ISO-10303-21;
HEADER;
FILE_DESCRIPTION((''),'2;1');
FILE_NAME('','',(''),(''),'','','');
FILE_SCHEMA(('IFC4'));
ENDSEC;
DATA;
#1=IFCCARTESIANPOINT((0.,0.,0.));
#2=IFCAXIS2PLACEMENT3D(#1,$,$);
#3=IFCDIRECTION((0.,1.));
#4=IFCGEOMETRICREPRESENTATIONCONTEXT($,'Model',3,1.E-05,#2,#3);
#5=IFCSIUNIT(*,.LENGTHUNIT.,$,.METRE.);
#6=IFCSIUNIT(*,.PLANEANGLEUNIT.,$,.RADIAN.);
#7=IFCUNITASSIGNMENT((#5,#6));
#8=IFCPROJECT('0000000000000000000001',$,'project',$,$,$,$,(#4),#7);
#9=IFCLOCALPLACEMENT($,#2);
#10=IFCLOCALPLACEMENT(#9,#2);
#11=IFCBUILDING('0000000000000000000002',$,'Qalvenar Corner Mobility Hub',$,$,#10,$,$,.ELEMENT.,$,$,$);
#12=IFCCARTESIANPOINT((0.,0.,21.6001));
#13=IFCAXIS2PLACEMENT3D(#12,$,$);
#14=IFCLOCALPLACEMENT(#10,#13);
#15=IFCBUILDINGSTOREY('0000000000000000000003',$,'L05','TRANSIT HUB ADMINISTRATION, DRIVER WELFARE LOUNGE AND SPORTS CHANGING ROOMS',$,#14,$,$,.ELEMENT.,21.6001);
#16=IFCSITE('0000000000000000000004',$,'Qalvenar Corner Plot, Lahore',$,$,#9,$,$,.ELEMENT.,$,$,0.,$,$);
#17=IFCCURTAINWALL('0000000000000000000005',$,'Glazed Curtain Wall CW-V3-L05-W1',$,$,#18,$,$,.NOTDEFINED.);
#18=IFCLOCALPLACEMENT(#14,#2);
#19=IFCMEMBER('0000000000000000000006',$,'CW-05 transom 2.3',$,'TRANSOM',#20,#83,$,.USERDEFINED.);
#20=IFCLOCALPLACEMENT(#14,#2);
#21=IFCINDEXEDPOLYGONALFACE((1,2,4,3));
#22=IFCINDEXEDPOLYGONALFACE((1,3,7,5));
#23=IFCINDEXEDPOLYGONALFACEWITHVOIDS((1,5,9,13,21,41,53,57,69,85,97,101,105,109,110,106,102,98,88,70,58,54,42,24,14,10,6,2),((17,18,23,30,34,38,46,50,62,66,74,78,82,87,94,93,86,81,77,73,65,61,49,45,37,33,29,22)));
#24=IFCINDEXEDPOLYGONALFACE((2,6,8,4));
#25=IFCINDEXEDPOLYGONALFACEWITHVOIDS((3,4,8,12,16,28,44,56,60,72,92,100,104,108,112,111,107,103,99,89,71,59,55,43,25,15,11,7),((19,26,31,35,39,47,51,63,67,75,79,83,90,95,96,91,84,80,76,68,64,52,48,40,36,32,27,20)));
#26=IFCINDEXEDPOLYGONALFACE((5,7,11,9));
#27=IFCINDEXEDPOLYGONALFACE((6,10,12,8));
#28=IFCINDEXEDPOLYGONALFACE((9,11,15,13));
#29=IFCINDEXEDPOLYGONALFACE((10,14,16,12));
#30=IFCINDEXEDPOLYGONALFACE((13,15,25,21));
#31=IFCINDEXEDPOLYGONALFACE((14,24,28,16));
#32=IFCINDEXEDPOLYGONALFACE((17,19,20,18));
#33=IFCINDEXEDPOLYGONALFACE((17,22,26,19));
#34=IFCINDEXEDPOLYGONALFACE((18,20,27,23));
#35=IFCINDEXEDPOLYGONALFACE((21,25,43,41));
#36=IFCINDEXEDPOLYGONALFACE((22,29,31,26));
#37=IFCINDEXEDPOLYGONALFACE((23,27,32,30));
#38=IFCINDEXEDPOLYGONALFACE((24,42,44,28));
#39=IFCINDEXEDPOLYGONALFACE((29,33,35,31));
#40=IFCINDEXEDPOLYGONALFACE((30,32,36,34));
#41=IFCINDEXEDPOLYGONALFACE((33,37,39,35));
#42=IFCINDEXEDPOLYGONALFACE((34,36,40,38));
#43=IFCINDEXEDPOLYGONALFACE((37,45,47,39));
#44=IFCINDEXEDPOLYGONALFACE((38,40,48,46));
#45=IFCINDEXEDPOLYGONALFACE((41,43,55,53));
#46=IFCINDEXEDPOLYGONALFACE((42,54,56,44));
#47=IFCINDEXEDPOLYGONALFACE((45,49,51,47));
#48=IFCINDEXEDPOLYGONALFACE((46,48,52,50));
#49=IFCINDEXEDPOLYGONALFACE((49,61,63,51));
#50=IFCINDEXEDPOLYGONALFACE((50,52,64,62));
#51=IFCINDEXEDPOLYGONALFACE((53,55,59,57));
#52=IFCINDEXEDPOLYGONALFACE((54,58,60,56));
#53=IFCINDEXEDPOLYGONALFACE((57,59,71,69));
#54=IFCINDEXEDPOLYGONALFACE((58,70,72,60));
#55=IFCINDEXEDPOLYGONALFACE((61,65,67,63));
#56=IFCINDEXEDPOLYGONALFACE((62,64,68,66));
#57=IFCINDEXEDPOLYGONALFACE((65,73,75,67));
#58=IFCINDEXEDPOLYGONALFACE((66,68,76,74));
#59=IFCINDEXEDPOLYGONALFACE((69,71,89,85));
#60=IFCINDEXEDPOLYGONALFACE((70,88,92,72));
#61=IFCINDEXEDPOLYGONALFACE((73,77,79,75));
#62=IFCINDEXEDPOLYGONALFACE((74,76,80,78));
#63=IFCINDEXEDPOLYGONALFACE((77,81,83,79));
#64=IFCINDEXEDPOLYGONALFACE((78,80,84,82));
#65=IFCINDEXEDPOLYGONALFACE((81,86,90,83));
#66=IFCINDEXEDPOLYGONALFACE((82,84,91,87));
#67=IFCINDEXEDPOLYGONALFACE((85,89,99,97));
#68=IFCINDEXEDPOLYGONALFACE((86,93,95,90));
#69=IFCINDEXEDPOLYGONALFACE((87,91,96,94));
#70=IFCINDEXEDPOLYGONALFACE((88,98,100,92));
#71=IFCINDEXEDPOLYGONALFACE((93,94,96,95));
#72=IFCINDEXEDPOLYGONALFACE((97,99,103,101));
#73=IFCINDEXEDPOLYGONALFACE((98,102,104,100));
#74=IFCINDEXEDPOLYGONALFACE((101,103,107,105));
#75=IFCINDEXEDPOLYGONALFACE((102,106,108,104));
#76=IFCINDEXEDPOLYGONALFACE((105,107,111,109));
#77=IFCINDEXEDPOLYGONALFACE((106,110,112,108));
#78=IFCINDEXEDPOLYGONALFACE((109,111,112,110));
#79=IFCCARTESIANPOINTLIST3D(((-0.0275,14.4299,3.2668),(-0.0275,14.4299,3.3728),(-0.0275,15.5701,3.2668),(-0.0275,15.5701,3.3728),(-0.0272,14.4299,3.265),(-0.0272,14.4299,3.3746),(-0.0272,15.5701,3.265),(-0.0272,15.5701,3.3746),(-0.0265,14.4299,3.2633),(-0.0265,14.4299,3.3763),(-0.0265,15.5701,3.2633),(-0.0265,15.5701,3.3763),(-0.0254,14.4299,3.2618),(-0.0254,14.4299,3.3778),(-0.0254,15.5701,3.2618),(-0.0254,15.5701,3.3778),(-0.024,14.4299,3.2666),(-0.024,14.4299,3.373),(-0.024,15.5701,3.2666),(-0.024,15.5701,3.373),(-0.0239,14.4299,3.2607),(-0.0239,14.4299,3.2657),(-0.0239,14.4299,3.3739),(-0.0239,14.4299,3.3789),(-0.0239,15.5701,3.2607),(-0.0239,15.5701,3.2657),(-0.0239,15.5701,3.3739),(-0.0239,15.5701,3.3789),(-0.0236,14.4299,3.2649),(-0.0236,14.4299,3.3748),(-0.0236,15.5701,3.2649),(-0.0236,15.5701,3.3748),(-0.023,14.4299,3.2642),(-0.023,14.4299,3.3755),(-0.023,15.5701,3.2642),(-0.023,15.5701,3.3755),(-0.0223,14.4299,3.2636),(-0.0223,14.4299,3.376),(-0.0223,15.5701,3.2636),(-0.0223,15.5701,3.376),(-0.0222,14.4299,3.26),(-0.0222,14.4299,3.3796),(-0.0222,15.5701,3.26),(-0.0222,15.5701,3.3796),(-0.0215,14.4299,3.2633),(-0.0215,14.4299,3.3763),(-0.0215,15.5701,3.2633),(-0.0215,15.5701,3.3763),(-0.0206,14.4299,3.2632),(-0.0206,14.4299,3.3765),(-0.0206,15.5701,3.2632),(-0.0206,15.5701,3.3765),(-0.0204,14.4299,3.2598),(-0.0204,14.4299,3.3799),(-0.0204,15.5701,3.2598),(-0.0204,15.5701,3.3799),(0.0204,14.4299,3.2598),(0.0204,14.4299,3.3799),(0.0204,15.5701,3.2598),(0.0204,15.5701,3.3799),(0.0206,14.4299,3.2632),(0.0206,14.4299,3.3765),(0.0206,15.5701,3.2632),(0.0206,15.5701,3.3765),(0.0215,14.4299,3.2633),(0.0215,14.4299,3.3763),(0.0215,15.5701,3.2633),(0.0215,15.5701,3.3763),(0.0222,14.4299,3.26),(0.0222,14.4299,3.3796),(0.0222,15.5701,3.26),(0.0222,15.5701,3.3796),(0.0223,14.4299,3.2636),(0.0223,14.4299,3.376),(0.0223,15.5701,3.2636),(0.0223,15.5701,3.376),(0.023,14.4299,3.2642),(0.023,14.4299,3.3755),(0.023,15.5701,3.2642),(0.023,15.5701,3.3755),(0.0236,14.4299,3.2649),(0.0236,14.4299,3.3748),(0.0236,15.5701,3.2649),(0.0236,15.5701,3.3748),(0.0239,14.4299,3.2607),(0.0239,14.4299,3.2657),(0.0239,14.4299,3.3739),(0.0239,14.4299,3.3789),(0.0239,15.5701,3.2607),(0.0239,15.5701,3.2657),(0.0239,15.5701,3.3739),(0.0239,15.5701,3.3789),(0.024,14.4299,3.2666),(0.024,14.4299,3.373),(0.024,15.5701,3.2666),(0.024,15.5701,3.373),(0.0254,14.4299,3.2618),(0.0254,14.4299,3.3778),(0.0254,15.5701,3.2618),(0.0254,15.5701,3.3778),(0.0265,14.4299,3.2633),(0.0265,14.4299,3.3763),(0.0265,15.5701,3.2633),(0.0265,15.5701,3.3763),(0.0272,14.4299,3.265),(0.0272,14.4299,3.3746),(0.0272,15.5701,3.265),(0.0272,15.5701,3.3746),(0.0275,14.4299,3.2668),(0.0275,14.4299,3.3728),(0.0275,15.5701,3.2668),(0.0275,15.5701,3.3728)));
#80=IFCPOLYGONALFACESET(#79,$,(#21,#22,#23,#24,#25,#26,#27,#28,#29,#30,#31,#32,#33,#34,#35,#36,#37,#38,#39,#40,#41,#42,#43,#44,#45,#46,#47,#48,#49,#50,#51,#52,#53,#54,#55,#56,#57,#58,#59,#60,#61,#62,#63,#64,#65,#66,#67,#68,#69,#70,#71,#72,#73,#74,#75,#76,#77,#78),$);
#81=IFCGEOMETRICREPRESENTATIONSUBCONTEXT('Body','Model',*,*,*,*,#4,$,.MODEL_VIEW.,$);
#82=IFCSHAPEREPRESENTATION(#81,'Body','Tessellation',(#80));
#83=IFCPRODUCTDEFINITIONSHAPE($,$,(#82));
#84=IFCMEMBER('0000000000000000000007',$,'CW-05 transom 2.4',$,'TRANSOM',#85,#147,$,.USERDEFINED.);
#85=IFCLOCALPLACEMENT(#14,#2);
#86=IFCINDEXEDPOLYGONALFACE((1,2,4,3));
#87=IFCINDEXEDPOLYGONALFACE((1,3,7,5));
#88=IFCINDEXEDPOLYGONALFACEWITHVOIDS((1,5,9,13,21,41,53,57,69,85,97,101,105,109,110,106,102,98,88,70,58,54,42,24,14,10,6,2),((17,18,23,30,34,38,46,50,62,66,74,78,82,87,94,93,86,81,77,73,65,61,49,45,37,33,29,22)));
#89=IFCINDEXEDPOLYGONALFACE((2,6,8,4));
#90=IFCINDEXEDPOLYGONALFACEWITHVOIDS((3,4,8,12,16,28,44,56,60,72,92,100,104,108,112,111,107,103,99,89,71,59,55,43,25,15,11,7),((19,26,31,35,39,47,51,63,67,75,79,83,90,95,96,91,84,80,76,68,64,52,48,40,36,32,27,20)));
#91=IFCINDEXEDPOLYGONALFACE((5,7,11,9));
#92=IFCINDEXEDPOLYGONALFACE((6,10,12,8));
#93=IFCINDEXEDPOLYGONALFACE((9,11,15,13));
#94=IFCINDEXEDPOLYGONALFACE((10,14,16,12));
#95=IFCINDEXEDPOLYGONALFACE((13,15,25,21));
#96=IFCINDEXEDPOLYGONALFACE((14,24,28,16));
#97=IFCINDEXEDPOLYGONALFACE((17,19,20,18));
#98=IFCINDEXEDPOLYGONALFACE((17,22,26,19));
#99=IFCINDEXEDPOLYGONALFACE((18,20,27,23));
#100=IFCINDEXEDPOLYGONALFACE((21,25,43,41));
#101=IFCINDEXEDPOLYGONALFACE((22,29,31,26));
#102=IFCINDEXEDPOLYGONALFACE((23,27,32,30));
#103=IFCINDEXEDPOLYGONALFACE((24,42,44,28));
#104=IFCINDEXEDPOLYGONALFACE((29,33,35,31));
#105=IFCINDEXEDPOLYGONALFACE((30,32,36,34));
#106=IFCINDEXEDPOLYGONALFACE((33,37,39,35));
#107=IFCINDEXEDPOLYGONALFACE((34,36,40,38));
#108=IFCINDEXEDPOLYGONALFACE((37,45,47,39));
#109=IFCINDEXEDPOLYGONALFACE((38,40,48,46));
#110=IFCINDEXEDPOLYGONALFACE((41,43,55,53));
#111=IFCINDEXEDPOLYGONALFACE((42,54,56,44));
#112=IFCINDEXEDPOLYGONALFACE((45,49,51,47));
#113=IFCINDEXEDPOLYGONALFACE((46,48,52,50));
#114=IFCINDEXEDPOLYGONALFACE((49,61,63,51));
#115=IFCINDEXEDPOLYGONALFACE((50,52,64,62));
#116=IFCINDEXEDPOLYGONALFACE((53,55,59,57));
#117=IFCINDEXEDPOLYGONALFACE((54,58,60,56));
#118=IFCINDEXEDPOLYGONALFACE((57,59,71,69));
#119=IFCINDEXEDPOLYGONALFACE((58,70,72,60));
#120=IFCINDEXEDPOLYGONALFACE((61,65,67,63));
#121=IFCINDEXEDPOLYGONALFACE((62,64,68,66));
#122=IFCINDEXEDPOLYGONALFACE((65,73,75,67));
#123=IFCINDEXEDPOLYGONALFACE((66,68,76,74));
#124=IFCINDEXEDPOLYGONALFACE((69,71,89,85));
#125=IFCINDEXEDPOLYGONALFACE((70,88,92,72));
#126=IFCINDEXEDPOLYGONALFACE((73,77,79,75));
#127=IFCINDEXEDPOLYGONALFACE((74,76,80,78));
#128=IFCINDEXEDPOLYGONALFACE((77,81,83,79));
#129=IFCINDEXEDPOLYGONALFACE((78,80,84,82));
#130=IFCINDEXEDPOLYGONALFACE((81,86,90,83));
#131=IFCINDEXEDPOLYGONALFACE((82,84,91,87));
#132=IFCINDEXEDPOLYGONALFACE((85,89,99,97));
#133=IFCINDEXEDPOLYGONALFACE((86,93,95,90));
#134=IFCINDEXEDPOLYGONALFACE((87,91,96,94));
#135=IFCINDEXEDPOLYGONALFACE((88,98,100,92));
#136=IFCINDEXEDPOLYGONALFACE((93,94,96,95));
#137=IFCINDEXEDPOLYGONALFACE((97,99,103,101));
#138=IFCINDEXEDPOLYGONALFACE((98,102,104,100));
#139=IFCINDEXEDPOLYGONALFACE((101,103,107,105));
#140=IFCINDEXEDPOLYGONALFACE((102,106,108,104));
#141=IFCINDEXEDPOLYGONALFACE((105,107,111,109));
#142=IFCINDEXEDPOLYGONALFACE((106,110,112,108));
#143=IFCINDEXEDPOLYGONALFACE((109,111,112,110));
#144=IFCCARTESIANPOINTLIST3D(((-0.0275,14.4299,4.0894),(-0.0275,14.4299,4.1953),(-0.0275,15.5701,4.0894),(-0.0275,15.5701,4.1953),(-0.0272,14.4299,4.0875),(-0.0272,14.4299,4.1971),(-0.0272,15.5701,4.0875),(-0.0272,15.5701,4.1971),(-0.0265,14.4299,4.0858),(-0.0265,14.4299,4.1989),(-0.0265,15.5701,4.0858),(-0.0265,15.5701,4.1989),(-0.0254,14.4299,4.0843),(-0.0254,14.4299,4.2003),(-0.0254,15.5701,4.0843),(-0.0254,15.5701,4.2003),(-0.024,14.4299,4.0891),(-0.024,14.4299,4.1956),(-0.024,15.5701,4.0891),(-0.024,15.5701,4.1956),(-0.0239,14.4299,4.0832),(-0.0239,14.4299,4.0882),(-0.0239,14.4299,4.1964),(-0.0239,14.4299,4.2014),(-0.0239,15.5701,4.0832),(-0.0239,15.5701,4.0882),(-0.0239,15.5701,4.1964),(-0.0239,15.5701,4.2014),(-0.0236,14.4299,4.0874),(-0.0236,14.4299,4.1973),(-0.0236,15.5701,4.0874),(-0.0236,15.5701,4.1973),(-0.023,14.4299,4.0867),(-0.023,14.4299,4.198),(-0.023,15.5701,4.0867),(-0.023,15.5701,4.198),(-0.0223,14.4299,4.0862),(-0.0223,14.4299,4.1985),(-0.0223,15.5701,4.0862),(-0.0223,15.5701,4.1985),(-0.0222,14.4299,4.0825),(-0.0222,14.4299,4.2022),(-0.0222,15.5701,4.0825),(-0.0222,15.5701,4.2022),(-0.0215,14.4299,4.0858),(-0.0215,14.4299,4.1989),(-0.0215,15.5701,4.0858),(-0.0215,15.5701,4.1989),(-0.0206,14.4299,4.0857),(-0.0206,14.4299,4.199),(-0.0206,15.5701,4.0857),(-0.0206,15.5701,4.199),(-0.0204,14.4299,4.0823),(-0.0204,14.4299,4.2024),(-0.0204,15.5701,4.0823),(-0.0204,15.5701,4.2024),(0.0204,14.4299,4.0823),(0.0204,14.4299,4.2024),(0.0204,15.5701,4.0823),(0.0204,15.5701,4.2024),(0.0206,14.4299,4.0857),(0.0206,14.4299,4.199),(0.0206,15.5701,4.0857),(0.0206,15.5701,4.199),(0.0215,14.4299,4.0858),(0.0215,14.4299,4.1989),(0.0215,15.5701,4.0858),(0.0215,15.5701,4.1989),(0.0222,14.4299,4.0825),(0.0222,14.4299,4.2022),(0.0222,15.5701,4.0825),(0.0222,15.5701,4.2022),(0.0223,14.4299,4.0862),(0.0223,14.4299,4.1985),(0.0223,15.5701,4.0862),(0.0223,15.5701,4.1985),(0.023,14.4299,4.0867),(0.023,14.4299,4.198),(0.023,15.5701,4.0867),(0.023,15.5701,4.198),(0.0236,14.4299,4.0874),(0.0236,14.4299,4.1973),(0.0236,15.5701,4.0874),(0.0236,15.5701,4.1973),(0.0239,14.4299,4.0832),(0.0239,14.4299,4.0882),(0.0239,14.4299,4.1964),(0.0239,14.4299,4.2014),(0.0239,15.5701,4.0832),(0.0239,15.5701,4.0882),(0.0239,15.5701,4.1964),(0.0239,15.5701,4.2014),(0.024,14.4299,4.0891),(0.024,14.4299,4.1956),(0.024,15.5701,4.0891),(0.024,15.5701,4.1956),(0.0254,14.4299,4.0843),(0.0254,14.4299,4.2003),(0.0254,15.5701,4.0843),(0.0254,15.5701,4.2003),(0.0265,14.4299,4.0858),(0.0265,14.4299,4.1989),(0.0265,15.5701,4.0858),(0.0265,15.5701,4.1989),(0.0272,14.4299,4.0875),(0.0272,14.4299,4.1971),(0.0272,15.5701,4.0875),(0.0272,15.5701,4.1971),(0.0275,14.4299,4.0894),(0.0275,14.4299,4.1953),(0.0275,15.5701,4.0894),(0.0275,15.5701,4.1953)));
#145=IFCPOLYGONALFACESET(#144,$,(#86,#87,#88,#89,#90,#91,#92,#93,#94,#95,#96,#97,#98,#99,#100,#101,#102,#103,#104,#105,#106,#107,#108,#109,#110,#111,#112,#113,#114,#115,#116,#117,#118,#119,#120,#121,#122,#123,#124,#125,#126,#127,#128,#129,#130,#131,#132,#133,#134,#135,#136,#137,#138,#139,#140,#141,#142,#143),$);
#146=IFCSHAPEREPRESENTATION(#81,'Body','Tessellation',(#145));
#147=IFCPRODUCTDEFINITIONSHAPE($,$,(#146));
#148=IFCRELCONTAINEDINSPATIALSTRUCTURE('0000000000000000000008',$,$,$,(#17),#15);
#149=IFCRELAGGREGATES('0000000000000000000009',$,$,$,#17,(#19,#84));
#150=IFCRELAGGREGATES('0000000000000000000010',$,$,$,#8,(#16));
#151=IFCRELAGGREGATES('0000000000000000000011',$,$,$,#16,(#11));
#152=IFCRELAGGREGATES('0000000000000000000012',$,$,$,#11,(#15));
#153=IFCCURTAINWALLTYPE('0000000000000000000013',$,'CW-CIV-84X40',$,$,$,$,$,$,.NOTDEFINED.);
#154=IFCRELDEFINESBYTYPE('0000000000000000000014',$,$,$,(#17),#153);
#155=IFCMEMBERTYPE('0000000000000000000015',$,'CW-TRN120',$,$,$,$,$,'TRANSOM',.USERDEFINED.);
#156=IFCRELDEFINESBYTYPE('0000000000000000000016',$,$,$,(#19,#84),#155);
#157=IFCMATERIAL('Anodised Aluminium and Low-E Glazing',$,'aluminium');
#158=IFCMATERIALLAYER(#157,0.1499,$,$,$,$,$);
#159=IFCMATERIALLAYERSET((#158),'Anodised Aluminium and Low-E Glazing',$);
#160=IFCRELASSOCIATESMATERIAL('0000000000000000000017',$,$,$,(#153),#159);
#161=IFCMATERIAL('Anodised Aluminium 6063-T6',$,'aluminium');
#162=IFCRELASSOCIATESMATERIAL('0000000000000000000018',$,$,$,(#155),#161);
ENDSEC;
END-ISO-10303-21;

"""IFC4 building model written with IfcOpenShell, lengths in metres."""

from ifc_helpers import new_model, si_unit, direction, frame, origin, origin_2d, place, context, subcontext, project, spatial, hollow_rectangle, extrude, material, layer, layer_set, material_profile, profile_set, type_object, element, aggregate, save


model = new_model("IFC4")

# Units and contexts
model_context = context("Model", 3, precision=1e-05, world=origin(), true_north=direction((0.0, 1.0)))
body_context = subcontext(model_context, "Body", "Model", "MODEL_VIEW")
ifc_project = project(units=[si_unit("LENGTHUNIT", "METRE"), si_unit("PLANEANGLEUNIT", "RADIAN")], contexts=[model_context])

# Site, building, storey
site_placement = place(None, origin())
site = spatial("IfcSite", under=ifc_project, at=site_placement, Name="Qalvenar Corner Plot, Lahore", CompositionType="ELEMENT", RefElevation=0.0)
building_placement = place(site_placement, origin())
building = spatial("IfcBuilding", under=site, at=building_placement, Name="Qalvenar Corner Mobility Hub", CompositionType="ELEMENT")
storey_placement = place(building_placement, frame((0.0, 0.0, 21.6001)))
storey = spatial("IfcBuildingStorey", under=building, at=storey_placement, Name="L05", Description="TRANSIT HUB ADMINISTRATION, DRIVER WELFARE LOUNGE AND SPORTS CHANGING ROOMS", CompositionType="ELEMENT", Elevation=21.6001)

# Curtain wall
ifc_material_1 = material(Name="Anodised Aluminium and Low-E Glazing", Category="aluminium")
ifc_layer_1 = layer(ifc_material_1, 0.1499)
ifc_layer_set_1 = layer_set([ifc_layer_1], Name="Anodised Aluminium and Low-E Glazing")
curtain_wall_type = type_object("IfcCurtainWallType", Name="CW-CIV-84X40", PredefinedType="NOTDEFINED", material=ifc_layer_set_1)
curtain_wall_1_placement = place(storey_placement, origin())
curtain_wall_1 = element("IfcCurtainWall", 1, at=curtain_wall_1_placement, inside=storey, type_object=curtain_wall_type, Name="Glazed Curtain Wall CW-V3-L05-W1", PredefinedType="NOTDEFINED")
ifc_material_2 = material(Name="Anodised Aluminium 6063-T6", Category="aluminium")

# Members
ifc_material_profile_1 = material_profile(ifc_material_2, hollow_rectangle(XDim=0.0549, YDim=0.1201, WallThickness=0.0034, InnerFilletRadius=0.0034, OuterFilletRadius=0.0071, at=origin_2d()), Name="RHS120x55x3.5")
ifc_profile_set_1 = profile_set([ifc_material_profile_1], Name="Anodised Aluminium 6063-T6")
member_type_1 = type_object("IfcMemberType", Name="CW-TRN120", ElementType="TRANSOM", PredefinedType="USERDEFINED", material=ifc_profile_set_1)
member_1_placement = place(storey_placement, frame((0.0, 15.5701, 3.3198), z_axis=(0.0, -1.0, 0.0), x_axis=(1.0, 0.0, 0.0)))
member_1 = element("IfcMember", 2, at=member_1_placement, type_object=member_type_1, Name="CW-05 transom 2.3", ObjectType="TRANSOM", PredefinedType="USERDEFINED", context=body_context, shape_type="SweptSolid", body=[
    extrude(hollow_rectangle(XDim=0.0549, YDim=0.1201, WallThickness=0.0034, InnerFilletRadius=0.0034, OuterFilletRadius=0.0071, at=origin_2d()), origin(), (0.0, 0.0, 1.0), 1.1401),
])
member_2_placement = place(storey_placement, frame((0.0, 15.5701, 4.1423), z_axis=(0.0, -1.0, 0.0), x_axis=(1.0, 0.0, 0.0)))
member_2 = element("IfcMember", 3, at=member_2_placement, type_object=member_type_1, Name="CW-05 transom 2.4", ObjectType="TRANSOM", PredefinedType="USERDEFINED", context=body_context, shape_type="SweptSolid", body=[
    extrude(hollow_rectangle(XDim=0.0549, YDim=0.1201, WallThickness=0.0034, InnerFilletRadius=0.0034, OuterFilletRadius=0.0071, at=origin_2d()), origin(), (0.0, 0.0, 1.0), 1.1401),
])

aggregate(curtain_wall_1, [member_1, member_2])

save(model, "model.ifc")
